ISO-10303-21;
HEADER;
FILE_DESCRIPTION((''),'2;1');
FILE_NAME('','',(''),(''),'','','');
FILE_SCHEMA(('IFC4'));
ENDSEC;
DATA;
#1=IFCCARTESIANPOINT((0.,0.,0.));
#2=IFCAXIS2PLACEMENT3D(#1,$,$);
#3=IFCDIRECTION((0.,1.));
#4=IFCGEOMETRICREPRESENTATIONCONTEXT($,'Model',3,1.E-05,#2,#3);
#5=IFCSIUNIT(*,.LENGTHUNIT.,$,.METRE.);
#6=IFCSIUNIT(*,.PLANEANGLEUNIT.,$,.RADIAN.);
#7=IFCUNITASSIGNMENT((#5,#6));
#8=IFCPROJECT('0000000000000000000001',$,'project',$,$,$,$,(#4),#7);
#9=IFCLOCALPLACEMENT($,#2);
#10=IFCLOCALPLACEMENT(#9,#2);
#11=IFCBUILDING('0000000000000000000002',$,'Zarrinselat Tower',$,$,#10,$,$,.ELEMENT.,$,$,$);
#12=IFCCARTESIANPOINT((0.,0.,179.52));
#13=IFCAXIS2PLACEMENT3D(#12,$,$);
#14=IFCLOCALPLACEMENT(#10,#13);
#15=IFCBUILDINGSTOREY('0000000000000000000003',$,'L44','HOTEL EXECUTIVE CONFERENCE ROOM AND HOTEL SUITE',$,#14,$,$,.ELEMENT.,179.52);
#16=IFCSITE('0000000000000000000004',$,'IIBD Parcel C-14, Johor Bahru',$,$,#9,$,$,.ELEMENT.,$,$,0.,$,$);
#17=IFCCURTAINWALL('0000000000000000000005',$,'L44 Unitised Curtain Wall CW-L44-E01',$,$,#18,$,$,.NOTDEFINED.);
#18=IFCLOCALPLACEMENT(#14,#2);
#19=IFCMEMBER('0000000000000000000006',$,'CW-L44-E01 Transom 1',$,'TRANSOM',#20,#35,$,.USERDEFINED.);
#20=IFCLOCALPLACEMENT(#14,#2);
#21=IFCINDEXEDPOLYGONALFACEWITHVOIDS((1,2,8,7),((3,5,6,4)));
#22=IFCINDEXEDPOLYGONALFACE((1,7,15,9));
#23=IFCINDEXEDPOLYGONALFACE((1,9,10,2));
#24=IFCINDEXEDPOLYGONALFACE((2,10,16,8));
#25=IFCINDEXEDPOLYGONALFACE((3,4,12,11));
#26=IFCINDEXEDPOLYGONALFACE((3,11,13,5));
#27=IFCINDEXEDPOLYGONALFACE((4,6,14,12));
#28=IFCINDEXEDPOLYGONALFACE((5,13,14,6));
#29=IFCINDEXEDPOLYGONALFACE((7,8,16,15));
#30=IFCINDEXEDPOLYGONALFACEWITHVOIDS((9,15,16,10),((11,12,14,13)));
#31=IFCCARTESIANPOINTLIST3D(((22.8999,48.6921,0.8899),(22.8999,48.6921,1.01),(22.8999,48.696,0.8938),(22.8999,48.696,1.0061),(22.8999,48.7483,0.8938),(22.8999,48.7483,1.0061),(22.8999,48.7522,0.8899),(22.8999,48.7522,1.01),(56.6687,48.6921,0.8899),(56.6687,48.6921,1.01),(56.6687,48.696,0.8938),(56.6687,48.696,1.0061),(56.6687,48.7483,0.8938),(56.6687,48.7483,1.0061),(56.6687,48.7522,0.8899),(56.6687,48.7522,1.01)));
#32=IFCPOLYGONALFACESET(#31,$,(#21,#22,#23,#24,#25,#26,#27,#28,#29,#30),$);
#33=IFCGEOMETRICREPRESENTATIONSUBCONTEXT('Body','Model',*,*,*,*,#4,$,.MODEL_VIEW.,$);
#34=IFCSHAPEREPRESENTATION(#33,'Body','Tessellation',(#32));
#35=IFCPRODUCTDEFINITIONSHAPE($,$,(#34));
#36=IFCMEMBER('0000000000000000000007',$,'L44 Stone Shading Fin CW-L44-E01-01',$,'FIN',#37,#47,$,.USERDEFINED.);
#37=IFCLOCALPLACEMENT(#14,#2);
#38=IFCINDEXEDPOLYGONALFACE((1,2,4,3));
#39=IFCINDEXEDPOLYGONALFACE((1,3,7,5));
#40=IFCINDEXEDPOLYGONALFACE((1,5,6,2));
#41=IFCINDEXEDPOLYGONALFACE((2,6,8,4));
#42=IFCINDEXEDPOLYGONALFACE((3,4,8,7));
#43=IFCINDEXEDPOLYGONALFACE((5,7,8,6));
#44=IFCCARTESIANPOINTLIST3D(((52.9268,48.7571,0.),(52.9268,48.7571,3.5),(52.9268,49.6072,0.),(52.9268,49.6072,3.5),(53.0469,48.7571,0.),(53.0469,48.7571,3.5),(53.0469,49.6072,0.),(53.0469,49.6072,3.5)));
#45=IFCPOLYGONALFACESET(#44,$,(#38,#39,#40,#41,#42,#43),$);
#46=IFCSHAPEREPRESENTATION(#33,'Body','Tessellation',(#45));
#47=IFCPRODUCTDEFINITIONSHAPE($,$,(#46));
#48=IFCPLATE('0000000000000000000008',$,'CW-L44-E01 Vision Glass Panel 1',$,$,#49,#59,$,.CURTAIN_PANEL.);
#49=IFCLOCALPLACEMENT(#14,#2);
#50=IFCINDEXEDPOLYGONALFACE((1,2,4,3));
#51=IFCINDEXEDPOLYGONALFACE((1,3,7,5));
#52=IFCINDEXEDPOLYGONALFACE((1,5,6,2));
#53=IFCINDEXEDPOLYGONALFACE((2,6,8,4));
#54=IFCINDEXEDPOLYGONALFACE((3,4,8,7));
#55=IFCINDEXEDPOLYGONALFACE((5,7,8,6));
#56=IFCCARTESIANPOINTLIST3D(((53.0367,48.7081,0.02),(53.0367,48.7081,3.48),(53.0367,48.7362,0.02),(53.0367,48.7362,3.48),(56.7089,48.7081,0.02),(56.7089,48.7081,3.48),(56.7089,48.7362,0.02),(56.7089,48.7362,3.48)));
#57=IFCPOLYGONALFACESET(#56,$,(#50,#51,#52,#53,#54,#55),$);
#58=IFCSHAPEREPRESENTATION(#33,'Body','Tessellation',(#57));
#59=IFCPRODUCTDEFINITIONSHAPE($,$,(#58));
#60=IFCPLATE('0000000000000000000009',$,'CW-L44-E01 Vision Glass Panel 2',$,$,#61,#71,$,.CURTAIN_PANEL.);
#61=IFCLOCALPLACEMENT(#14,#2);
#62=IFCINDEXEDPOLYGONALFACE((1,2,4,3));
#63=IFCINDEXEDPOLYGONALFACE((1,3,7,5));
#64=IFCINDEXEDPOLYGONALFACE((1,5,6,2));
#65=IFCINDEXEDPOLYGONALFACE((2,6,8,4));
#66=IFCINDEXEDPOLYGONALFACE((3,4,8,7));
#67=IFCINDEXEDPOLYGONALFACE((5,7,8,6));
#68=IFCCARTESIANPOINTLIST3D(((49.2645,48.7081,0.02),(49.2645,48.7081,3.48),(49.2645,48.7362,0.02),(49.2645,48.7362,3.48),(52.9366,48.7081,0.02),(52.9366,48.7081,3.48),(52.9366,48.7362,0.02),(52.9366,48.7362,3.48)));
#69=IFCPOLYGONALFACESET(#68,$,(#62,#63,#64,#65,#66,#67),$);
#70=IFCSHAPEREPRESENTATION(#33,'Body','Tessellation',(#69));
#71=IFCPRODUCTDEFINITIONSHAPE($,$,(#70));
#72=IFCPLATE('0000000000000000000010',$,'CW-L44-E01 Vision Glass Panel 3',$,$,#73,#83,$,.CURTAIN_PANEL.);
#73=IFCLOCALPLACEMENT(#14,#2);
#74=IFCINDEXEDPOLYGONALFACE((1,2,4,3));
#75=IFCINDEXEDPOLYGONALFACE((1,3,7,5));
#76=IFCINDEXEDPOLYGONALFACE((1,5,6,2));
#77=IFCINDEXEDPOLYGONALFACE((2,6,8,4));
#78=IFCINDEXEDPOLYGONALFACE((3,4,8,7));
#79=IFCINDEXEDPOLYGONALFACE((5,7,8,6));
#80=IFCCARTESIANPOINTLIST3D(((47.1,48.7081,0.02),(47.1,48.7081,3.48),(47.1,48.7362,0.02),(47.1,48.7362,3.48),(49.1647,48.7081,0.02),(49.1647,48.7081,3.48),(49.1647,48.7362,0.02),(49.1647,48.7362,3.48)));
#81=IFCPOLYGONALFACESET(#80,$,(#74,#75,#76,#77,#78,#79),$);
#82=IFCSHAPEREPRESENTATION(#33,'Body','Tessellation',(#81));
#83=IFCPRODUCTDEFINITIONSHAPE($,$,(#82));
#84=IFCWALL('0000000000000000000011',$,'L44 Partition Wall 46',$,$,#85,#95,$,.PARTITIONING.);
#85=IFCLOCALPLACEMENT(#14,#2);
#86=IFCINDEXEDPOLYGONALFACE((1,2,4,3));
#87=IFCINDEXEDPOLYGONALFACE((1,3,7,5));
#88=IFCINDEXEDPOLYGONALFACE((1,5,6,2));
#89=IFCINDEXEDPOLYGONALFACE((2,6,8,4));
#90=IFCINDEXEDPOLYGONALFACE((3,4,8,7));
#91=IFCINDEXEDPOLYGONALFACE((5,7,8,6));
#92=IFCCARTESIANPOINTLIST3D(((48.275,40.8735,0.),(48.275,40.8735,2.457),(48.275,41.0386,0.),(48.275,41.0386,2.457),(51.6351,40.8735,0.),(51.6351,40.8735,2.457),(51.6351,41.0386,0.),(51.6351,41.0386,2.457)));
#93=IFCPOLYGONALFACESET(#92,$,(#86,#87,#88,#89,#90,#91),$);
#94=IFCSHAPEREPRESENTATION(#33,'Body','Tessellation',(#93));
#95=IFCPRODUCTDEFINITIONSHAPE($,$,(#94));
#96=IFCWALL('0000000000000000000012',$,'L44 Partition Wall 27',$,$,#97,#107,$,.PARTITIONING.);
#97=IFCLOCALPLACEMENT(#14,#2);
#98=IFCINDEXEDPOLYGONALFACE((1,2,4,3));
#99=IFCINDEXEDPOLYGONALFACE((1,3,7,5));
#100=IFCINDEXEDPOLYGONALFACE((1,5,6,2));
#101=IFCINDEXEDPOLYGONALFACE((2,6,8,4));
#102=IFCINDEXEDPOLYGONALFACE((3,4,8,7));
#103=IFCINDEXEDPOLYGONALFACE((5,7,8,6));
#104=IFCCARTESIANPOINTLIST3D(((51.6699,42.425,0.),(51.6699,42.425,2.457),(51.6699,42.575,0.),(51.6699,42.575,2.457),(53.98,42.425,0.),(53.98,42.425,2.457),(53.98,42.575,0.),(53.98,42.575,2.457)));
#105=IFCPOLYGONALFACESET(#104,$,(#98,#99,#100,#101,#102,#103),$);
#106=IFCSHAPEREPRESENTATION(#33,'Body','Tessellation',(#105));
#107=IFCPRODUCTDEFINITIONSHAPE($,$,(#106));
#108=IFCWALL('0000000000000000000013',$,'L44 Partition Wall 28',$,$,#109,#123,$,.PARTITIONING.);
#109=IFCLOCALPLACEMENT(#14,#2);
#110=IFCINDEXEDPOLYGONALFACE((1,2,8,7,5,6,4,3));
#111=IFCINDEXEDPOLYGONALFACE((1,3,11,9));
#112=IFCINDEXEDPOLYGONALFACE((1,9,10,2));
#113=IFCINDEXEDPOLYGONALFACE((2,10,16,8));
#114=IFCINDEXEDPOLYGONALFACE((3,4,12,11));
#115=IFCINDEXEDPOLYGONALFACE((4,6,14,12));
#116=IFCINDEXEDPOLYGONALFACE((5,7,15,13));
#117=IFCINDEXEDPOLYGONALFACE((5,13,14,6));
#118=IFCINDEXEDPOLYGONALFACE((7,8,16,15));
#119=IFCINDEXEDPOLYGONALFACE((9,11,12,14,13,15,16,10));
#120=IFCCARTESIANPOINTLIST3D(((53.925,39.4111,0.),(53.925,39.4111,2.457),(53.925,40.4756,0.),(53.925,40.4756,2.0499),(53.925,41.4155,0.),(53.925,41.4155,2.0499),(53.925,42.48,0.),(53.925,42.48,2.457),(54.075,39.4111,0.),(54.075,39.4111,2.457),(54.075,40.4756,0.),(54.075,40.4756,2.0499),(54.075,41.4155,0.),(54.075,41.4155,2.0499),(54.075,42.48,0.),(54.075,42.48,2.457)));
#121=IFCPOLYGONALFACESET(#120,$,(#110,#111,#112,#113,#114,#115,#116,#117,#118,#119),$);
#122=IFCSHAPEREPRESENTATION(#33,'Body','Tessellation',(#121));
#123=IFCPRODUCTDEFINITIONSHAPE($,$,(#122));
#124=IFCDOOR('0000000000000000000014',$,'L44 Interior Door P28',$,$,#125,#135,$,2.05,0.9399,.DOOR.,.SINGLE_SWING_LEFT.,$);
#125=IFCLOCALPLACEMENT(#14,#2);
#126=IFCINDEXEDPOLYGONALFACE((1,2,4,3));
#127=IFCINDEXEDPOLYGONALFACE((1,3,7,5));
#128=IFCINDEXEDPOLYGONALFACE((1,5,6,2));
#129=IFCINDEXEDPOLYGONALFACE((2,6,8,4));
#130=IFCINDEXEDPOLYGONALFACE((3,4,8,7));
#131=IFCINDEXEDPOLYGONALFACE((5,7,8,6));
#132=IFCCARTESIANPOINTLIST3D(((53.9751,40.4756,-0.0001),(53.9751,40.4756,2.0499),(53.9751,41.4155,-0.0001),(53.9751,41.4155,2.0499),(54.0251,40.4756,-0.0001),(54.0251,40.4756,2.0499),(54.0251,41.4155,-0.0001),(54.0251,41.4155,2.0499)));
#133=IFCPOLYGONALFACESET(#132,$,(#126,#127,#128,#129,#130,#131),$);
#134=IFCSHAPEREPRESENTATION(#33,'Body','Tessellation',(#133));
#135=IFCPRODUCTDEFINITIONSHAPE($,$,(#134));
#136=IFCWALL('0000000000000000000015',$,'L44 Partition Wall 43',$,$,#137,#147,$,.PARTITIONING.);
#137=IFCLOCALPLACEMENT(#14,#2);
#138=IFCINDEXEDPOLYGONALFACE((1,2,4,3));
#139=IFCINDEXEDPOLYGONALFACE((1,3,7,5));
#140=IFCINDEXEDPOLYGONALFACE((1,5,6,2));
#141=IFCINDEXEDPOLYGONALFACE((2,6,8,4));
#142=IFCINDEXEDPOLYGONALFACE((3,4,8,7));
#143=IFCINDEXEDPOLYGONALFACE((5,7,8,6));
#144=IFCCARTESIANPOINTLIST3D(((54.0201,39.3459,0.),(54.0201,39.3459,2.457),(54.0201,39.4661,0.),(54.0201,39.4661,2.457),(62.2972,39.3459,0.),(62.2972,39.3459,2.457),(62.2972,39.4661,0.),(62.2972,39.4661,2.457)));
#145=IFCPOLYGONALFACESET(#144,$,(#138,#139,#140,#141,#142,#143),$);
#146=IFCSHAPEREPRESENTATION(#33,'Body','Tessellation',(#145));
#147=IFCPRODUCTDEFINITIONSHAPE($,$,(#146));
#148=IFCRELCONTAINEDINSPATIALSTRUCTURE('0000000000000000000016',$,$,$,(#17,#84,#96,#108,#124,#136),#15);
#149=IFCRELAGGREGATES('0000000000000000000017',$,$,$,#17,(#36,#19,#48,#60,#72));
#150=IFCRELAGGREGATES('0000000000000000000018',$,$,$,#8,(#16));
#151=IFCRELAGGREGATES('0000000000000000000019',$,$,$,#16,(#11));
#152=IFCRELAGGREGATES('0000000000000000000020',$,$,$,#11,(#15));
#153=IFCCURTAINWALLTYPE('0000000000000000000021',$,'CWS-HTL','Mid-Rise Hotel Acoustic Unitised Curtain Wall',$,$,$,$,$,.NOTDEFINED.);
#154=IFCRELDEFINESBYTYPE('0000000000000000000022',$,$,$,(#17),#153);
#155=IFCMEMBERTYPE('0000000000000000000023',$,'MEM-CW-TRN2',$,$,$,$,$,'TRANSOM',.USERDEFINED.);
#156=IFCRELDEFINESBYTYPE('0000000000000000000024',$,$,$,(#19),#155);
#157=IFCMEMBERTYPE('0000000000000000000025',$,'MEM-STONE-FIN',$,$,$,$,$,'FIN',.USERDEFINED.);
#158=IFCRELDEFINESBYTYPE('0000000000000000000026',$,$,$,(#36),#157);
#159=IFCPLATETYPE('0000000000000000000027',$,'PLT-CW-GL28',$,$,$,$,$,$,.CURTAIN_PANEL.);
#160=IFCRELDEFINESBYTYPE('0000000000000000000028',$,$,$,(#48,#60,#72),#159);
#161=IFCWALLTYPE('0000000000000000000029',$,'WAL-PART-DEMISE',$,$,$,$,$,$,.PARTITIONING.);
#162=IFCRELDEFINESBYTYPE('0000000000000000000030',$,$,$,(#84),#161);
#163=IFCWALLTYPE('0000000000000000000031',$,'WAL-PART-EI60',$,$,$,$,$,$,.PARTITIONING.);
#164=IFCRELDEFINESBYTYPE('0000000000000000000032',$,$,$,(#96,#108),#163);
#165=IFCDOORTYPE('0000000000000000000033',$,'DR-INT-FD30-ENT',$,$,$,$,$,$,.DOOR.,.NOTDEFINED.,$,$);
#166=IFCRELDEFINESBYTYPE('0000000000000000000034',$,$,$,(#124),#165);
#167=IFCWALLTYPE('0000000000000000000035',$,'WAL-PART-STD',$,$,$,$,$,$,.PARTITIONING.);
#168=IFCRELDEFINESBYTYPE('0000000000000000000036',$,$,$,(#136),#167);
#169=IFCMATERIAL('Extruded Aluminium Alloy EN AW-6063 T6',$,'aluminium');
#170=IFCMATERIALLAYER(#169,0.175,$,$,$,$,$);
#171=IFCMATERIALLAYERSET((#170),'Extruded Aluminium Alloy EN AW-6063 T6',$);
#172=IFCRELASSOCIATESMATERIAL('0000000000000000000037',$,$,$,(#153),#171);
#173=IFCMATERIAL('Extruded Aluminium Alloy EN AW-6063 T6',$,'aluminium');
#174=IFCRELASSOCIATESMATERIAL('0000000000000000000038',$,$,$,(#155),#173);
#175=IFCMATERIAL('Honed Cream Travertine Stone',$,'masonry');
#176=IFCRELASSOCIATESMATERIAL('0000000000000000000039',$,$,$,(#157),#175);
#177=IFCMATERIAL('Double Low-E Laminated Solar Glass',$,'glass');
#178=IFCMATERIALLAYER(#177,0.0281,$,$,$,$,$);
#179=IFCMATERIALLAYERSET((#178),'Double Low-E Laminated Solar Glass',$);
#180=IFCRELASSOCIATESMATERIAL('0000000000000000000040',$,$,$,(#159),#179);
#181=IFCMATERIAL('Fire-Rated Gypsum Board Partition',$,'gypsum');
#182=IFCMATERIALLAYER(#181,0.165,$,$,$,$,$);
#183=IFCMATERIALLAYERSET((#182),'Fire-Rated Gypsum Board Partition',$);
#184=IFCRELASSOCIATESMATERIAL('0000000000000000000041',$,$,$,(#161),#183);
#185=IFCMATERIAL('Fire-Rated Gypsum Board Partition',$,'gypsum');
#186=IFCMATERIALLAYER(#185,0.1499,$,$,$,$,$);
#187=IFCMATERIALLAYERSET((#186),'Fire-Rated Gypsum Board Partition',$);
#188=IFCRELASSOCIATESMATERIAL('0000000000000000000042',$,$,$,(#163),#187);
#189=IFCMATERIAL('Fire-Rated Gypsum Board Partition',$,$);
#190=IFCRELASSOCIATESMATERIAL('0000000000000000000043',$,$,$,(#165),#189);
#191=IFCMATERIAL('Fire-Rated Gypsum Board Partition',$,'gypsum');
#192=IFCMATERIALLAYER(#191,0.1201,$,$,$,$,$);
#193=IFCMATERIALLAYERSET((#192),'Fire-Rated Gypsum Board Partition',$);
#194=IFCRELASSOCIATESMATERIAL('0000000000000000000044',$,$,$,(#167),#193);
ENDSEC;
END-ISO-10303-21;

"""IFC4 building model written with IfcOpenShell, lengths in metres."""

from ifc_helpers import new_model, si_unit, direction, frame, frame_2d, origin, origin_2d, place, context, subcontext, project, spatial, rectangle, hollow_rectangle, extrude, material, layer, layer_set, material_profile, profile_set, type_object, element, fill, aggregate, save


model = new_model("IFC4")

# Units and contexts
model_context = context("Model", 3, precision=1e-05, world=origin(), true_north=direction((0.0, 1.0)))
body_context = subcontext(model_context, "Body", "Model", "MODEL_VIEW")
ifc_project = project(units=[si_unit("LENGTHUNIT", "METRE"), si_unit("PLANEANGLEUNIT", "RADIAN")], contexts=[model_context])

# Site, building, storey
site_placement = place(None, origin())
site = spatial("IfcSite", under=ifc_project, at=site_placement, Name="IIBD Parcel C-14, Johor Bahru", CompositionType="ELEMENT", RefElevation=0.0)
building_placement = place(site_placement, origin())
building = spatial("IfcBuilding", under=site, at=building_placement, Name="Zarrinselat Tower", CompositionType="ELEMENT")
storey_placement = place(building_placement, frame((0.0, 0.0, 179.52)))
storey = spatial("IfcBuildingStorey", under=building, at=storey_placement, Name="L44", Description="HOTEL EXECUTIVE CONFERENCE ROOM AND HOTEL SUITE", CompositionType="ELEMENT", Elevation=179.52)

# Curtain wall, members, plates
ifc_material_1 = material(Name="Extruded Aluminium Alloy EN AW-6063 T6", Category="aluminium")
ifc_layer_1 = layer(ifc_material_1, 0.175)
ifc_layer_set_1 = layer_set([ifc_layer_1], Name="Extruded Aluminium Alloy EN AW-6063 T6")
curtain_wall_type = type_object("IfcCurtainWallType", Name="CWS-HTL", Description="Mid-Rise Hotel Acoustic Unitised Curtain Wall", PredefinedType="NOTDEFINED", material=ifc_layer_set_1)
curtain_wall_placement = place(storey_placement, origin())
curtain_wall = element("IfcCurtainWall", 1, at=curtain_wall_placement, inside=storey, type_object=curtain_wall_type, Name="L44 Unitised Curtain Wall CW-L44-E01", PredefinedType="NOTDEFINED")
ifc_material_2 = material(Name="Extruded Aluminium Alloy EN AW-6063 T6", Category="aluminium")
ifc_material_profile_1 = material_profile(ifc_material_2, hollow_rectangle(XDim=0.0601, YDim=0.1201, WallThickness=0.0039, at=origin_2d()), Name="RHS 120x60x4")
ifc_profile_set_1 = profile_set([ifc_material_profile_1], Name="Extruded Aluminium Alloy EN AW-6063 T6")
member_type_1 = type_object("IfcMemberType", Name="MEM-CW-TRN2", ElementType="TRANSOM", PredefinedType="USERDEFINED", material=ifc_profile_set_1)
member_1_placement = place(storey_placement, frame((56.6687, 48.7222, 0.95), z_axis=(-1.0, 0.0, 0.0), x_axis=(0.0, -1.0, 0.0)))
member_1 = element("IfcMember", 2, at=member_1_placement, type_object=member_type_1, Name="CW-L44-E01 Transom 1", ObjectType="TRANSOM", PredefinedType="USERDEFINED", context=body_context, shape_type="SweptSolid", body=[
    extrude(hollow_rectangle(XDim=0.0601, YDim=0.1201, WallThickness=0.0039, at=origin_2d()), origin(), (0.0, 0.0, 1.0), 33.7688),
])
ifc_material_3 = material(Name="Honed Cream Travertine Stone", Category="masonry")
ifc_material_profile_2 = material_profile(ifc_material_3, rectangle(XDim=0.1201, YDim=0.8501, at=origin_2d()), Name="FIN 850x120")
ifc_profile_set_2 = profile_set([ifc_material_profile_2], Name="Honed Cream Travertine Stone")
member_type_2 = type_object("IfcMemberType", Name="MEM-STONE-FIN", ElementType="FIN", PredefinedType="USERDEFINED", material=ifc_profile_set_2)
member_2_placement = place(storey_placement, frame((52.9868, 49.1821, 0.0), z_axis=(0.0, 0.0, 1.0), x_axis=(1.0, 0.0, 0.0)))
member_2 = element("IfcMember", 3, at=member_2_placement, type_object=member_type_2, Name="L44 Stone Shading Fin CW-L44-E01-01", ObjectType="FIN", PredefinedType="USERDEFINED", context=body_context, shape_type="SweptSolid", body=[
    extrude(rectangle(XDim=0.1201, YDim=0.8501, at=origin_2d()), origin(), (0.0, 0.0, 1.0), 3.5),
])
ifc_material_4 = material(Name="Double Low-E Laminated Solar Glass", Category="glass")
ifc_layer_2 = layer(ifc_material_4, 0.0281)
ifc_layer_set_2 = layer_set([ifc_layer_2], Name="Double Low-E Laminated Solar Glass")
plate_type = type_object("IfcPlateType", Name="PLT-CW-GL28", PredefinedType="CURTAIN_PANEL", material=ifc_layer_set_2)
plate_1_placement = place(storey_placement, frame((54.8728, 48.7222, 0.02), z_axis=(0.0, 0.0, 1.0), x_axis=(-1.0, 0.0, 0.0)))
plate_1 = element("IfcPlate", 4, at=plate_1_placement, type_object=plate_type, Name="CW-L44-E01 Vision Glass Panel 1", PredefinedType="CURTAIN_PANEL", context=body_context, shape_type="SweptSolid", body=[
    extrude(rectangle(XDim=3.6721, YDim=0.0281, at=origin_2d()), origin(), (0.0, 0.0, 1.0), 3.46),
])
plate_2_placement = place(storey_placement, frame((51.1006, 48.7222, 0.02), z_axis=(0.0, 0.0, 1.0), x_axis=(-1.0, 0.0, 0.0)))
plate_2 = element("IfcPlate", 5, at=plate_2_placement, type_object=plate_type, Name="CW-L44-E01 Vision Glass Panel 2", PredefinedType="CURTAIN_PANEL", context=body_context, shape_type="SweptSolid", body=[
    extrude(rectangle(XDim=3.6721, YDim=0.0281, at=origin_2d()), origin(), (0.0, 0.0, 1.0), 3.46),
])
plate_3_placement = place(storey_placement, frame((48.1323, 48.7222, 0.02), z_axis=(0.0, 0.0, 1.0), x_axis=(-1.0, 0.0, 0.0)))
plate_3 = element("IfcPlate", 6, at=plate_3_placement, type_object=plate_type, Name="CW-L44-E01 Vision Glass Panel 3", PredefinedType="CURTAIN_PANEL", context=body_context, shape_type="SweptSolid", body=[
    extrude(rectangle(XDim=2.0647, YDim=0.0281, at=origin_2d()), origin(), (0.0, 0.0, 1.0), 3.46),
])
aggregate(curtain_wall, [member_2, member_1, plate_1, plate_2, plate_3])

# Walls
ifc_material_5 = material(Name="Fire-Rated Gypsum Board Partition", Category="gypsum")
ifc_layer_3 = layer(ifc_material_5, 0.165)
ifc_layer_set_3 = layer_set([ifc_layer_3], Name="Fire-Rated Gypsum Board Partition")
wall_type_1 = type_object("IfcWallType", Name="WAL-PART-DEMISE", PredefinedType="PARTITIONING", material=ifc_layer_set_3)
wall_1_placement = place(storey_placement, frame((48.2749, 40.9561, 0.0), z_axis=(0.0, 0.0, 1.0), x_axis=(1.0, 0.0, 0.0)))
element("IfcWall", 7, at=wall_1_placement, inside=storey, type_object=wall_type_1, Name="L44 Partition Wall 46", PredefinedType="PARTITIONING", context=body_context, shape_type="SweptSolid", body=[
    extrude(rectangle(XDim=3.3601, YDim=0.165, at=frame_2d((1.6802, 0.0))), origin(), (0.0, 0.0, 1.0), 2.457),
])
ifc_material_6 = material(Name="Fire-Rated Gypsum Board Partition", Category="gypsum")
ifc_layer_4 = layer(ifc_material_6, 0.1499)
ifc_layer_set_4 = layer_set([ifc_layer_4], Name="Fire-Rated Gypsum Board Partition")
wall_type_2 = type_object("IfcWallType", Name="WAL-PART-EI60", PredefinedType="PARTITIONING", material=ifc_layer_set_4)
wall_2_placement = place(storey_placement, frame((51.6699, 42.5, 0.0), z_axis=(0.0, 0.0, 1.0), x_axis=(1.0, 0.0, 0.0)))
element("IfcWall", 8, at=wall_2_placement, inside=storey, type_object=wall_type_2, Name="L44 Partition Wall 27", PredefinedType="PARTITIONING", context=body_context, shape_type="SweptSolid", body=[
    extrude(rectangle(XDim=2.3101, YDim=0.1499, at=frame_2d((1.155, 0.0))), origin(), (0.0, 0.0, 1.0), 2.457),
])

# Wall, opening, door
wall_3_placement = place(storey_placement, frame((54.0, 39.4111, 0.0), z_axis=(0.0, 0.0, 1.0), x_axis=(0.0, 1.0, 0.0)))
wall_3 = element("IfcWall", 9, at=wall_3_placement, inside=storey, type_object=wall_type_2, Name="L44 Partition Wall 28", PredefinedType="PARTITIONING", context=body_context, shape_type="SweptSolid", body=[
    extrude(rectangle(XDim=3.0688, YDim=0.1499, at=frame_2d((1.5344, 0.0))), origin(), (0.0, 0.0, 1.0), 2.457),
])
opening_1_placement = place(wall_3_placement, frame((1.0645, 0.0, 0.0)))
opening_1 = element("IfcOpeningElement", 10, at=opening_1_placement, cuts=wall_3, PredefinedType="OPENING", context=body_context, shape_type="SweptSolid", body=[
    extrude(rectangle(XDim=0.9399, YDim=2.05, at=frame_2d((0.47, 1.0249))), frame((0.0, 0.085, 0.0), z_axis=(0.0, -1.0, 0.0), x_axis=(1.0, 0.0, 0.0)), (0.0, 0.0, 1.0), 0.1699),
])
ifc_material_7 = material(Name="Fire-Rated Gypsum Board Partition")
door_type_1 = type_object("IfcDoorType", Name="DR-INT-FD30-ENT", OperationType="NOTDEFINED", PredefinedType="DOOR", material=ifc_material_7)
door_1_placement = place(opening_1_placement, origin())
door_1 = element("IfcDoor", 11, at=door_1_placement, inside=storey, type_object=door_type_1, Name="L44 Interior Door P28", OperationType="SINGLE_SWING_LEFT", OverallHeight=2.05, OverallWidth=0.9399, PredefinedType="DOOR", context=body_context, shape_type="SweptSolid", body=[
    extrude(rectangle(XDim=0.9399, YDim=2.05, at=frame_2d((0.47, 1.0249))), frame((0.0, 0.0249, 0.0), z_axis=(0.0, -1.0, 0.0), x_axis=(1.0, 0.0, 0.0)), (0.0, 0.0, 1.0), 0.05),
])
fill(opening_1, door_1)

# Wall
ifc_material_8 = material(Name="Fire-Rated Gypsum Board Partition", Category="gypsum")
ifc_layer_5 = layer(ifc_material_8, 0.1201)
ifc_layer_set_5 = layer_set([ifc_layer_5], Name="Fire-Rated Gypsum Board Partition")
wall_type_3 = type_object("IfcWallType", Name="WAL-PART-STD", PredefinedType="PARTITIONING", material=ifc_layer_set_5)
wall_4_placement = place(storey_placement, frame((54.02, 39.406, 0.0), z_axis=(0.0, 0.0, 1.0), x_axis=(1.0, 0.0, 0.0)))
element("IfcWall", 12, at=wall_4_placement, inside=storey, type_object=wall_type_3, Name="L44 Partition Wall 43", PredefinedType="PARTITIONING", context=body_context, shape_type="SweptSolid", body=[
    extrude(rectangle(XDim=8.2771, YDim=0.1201, at=frame_2d((4.1387, 0.0))), origin(), (0.0, 0.0, 1.0), 2.457),
])

save(model, "model.ifc")
